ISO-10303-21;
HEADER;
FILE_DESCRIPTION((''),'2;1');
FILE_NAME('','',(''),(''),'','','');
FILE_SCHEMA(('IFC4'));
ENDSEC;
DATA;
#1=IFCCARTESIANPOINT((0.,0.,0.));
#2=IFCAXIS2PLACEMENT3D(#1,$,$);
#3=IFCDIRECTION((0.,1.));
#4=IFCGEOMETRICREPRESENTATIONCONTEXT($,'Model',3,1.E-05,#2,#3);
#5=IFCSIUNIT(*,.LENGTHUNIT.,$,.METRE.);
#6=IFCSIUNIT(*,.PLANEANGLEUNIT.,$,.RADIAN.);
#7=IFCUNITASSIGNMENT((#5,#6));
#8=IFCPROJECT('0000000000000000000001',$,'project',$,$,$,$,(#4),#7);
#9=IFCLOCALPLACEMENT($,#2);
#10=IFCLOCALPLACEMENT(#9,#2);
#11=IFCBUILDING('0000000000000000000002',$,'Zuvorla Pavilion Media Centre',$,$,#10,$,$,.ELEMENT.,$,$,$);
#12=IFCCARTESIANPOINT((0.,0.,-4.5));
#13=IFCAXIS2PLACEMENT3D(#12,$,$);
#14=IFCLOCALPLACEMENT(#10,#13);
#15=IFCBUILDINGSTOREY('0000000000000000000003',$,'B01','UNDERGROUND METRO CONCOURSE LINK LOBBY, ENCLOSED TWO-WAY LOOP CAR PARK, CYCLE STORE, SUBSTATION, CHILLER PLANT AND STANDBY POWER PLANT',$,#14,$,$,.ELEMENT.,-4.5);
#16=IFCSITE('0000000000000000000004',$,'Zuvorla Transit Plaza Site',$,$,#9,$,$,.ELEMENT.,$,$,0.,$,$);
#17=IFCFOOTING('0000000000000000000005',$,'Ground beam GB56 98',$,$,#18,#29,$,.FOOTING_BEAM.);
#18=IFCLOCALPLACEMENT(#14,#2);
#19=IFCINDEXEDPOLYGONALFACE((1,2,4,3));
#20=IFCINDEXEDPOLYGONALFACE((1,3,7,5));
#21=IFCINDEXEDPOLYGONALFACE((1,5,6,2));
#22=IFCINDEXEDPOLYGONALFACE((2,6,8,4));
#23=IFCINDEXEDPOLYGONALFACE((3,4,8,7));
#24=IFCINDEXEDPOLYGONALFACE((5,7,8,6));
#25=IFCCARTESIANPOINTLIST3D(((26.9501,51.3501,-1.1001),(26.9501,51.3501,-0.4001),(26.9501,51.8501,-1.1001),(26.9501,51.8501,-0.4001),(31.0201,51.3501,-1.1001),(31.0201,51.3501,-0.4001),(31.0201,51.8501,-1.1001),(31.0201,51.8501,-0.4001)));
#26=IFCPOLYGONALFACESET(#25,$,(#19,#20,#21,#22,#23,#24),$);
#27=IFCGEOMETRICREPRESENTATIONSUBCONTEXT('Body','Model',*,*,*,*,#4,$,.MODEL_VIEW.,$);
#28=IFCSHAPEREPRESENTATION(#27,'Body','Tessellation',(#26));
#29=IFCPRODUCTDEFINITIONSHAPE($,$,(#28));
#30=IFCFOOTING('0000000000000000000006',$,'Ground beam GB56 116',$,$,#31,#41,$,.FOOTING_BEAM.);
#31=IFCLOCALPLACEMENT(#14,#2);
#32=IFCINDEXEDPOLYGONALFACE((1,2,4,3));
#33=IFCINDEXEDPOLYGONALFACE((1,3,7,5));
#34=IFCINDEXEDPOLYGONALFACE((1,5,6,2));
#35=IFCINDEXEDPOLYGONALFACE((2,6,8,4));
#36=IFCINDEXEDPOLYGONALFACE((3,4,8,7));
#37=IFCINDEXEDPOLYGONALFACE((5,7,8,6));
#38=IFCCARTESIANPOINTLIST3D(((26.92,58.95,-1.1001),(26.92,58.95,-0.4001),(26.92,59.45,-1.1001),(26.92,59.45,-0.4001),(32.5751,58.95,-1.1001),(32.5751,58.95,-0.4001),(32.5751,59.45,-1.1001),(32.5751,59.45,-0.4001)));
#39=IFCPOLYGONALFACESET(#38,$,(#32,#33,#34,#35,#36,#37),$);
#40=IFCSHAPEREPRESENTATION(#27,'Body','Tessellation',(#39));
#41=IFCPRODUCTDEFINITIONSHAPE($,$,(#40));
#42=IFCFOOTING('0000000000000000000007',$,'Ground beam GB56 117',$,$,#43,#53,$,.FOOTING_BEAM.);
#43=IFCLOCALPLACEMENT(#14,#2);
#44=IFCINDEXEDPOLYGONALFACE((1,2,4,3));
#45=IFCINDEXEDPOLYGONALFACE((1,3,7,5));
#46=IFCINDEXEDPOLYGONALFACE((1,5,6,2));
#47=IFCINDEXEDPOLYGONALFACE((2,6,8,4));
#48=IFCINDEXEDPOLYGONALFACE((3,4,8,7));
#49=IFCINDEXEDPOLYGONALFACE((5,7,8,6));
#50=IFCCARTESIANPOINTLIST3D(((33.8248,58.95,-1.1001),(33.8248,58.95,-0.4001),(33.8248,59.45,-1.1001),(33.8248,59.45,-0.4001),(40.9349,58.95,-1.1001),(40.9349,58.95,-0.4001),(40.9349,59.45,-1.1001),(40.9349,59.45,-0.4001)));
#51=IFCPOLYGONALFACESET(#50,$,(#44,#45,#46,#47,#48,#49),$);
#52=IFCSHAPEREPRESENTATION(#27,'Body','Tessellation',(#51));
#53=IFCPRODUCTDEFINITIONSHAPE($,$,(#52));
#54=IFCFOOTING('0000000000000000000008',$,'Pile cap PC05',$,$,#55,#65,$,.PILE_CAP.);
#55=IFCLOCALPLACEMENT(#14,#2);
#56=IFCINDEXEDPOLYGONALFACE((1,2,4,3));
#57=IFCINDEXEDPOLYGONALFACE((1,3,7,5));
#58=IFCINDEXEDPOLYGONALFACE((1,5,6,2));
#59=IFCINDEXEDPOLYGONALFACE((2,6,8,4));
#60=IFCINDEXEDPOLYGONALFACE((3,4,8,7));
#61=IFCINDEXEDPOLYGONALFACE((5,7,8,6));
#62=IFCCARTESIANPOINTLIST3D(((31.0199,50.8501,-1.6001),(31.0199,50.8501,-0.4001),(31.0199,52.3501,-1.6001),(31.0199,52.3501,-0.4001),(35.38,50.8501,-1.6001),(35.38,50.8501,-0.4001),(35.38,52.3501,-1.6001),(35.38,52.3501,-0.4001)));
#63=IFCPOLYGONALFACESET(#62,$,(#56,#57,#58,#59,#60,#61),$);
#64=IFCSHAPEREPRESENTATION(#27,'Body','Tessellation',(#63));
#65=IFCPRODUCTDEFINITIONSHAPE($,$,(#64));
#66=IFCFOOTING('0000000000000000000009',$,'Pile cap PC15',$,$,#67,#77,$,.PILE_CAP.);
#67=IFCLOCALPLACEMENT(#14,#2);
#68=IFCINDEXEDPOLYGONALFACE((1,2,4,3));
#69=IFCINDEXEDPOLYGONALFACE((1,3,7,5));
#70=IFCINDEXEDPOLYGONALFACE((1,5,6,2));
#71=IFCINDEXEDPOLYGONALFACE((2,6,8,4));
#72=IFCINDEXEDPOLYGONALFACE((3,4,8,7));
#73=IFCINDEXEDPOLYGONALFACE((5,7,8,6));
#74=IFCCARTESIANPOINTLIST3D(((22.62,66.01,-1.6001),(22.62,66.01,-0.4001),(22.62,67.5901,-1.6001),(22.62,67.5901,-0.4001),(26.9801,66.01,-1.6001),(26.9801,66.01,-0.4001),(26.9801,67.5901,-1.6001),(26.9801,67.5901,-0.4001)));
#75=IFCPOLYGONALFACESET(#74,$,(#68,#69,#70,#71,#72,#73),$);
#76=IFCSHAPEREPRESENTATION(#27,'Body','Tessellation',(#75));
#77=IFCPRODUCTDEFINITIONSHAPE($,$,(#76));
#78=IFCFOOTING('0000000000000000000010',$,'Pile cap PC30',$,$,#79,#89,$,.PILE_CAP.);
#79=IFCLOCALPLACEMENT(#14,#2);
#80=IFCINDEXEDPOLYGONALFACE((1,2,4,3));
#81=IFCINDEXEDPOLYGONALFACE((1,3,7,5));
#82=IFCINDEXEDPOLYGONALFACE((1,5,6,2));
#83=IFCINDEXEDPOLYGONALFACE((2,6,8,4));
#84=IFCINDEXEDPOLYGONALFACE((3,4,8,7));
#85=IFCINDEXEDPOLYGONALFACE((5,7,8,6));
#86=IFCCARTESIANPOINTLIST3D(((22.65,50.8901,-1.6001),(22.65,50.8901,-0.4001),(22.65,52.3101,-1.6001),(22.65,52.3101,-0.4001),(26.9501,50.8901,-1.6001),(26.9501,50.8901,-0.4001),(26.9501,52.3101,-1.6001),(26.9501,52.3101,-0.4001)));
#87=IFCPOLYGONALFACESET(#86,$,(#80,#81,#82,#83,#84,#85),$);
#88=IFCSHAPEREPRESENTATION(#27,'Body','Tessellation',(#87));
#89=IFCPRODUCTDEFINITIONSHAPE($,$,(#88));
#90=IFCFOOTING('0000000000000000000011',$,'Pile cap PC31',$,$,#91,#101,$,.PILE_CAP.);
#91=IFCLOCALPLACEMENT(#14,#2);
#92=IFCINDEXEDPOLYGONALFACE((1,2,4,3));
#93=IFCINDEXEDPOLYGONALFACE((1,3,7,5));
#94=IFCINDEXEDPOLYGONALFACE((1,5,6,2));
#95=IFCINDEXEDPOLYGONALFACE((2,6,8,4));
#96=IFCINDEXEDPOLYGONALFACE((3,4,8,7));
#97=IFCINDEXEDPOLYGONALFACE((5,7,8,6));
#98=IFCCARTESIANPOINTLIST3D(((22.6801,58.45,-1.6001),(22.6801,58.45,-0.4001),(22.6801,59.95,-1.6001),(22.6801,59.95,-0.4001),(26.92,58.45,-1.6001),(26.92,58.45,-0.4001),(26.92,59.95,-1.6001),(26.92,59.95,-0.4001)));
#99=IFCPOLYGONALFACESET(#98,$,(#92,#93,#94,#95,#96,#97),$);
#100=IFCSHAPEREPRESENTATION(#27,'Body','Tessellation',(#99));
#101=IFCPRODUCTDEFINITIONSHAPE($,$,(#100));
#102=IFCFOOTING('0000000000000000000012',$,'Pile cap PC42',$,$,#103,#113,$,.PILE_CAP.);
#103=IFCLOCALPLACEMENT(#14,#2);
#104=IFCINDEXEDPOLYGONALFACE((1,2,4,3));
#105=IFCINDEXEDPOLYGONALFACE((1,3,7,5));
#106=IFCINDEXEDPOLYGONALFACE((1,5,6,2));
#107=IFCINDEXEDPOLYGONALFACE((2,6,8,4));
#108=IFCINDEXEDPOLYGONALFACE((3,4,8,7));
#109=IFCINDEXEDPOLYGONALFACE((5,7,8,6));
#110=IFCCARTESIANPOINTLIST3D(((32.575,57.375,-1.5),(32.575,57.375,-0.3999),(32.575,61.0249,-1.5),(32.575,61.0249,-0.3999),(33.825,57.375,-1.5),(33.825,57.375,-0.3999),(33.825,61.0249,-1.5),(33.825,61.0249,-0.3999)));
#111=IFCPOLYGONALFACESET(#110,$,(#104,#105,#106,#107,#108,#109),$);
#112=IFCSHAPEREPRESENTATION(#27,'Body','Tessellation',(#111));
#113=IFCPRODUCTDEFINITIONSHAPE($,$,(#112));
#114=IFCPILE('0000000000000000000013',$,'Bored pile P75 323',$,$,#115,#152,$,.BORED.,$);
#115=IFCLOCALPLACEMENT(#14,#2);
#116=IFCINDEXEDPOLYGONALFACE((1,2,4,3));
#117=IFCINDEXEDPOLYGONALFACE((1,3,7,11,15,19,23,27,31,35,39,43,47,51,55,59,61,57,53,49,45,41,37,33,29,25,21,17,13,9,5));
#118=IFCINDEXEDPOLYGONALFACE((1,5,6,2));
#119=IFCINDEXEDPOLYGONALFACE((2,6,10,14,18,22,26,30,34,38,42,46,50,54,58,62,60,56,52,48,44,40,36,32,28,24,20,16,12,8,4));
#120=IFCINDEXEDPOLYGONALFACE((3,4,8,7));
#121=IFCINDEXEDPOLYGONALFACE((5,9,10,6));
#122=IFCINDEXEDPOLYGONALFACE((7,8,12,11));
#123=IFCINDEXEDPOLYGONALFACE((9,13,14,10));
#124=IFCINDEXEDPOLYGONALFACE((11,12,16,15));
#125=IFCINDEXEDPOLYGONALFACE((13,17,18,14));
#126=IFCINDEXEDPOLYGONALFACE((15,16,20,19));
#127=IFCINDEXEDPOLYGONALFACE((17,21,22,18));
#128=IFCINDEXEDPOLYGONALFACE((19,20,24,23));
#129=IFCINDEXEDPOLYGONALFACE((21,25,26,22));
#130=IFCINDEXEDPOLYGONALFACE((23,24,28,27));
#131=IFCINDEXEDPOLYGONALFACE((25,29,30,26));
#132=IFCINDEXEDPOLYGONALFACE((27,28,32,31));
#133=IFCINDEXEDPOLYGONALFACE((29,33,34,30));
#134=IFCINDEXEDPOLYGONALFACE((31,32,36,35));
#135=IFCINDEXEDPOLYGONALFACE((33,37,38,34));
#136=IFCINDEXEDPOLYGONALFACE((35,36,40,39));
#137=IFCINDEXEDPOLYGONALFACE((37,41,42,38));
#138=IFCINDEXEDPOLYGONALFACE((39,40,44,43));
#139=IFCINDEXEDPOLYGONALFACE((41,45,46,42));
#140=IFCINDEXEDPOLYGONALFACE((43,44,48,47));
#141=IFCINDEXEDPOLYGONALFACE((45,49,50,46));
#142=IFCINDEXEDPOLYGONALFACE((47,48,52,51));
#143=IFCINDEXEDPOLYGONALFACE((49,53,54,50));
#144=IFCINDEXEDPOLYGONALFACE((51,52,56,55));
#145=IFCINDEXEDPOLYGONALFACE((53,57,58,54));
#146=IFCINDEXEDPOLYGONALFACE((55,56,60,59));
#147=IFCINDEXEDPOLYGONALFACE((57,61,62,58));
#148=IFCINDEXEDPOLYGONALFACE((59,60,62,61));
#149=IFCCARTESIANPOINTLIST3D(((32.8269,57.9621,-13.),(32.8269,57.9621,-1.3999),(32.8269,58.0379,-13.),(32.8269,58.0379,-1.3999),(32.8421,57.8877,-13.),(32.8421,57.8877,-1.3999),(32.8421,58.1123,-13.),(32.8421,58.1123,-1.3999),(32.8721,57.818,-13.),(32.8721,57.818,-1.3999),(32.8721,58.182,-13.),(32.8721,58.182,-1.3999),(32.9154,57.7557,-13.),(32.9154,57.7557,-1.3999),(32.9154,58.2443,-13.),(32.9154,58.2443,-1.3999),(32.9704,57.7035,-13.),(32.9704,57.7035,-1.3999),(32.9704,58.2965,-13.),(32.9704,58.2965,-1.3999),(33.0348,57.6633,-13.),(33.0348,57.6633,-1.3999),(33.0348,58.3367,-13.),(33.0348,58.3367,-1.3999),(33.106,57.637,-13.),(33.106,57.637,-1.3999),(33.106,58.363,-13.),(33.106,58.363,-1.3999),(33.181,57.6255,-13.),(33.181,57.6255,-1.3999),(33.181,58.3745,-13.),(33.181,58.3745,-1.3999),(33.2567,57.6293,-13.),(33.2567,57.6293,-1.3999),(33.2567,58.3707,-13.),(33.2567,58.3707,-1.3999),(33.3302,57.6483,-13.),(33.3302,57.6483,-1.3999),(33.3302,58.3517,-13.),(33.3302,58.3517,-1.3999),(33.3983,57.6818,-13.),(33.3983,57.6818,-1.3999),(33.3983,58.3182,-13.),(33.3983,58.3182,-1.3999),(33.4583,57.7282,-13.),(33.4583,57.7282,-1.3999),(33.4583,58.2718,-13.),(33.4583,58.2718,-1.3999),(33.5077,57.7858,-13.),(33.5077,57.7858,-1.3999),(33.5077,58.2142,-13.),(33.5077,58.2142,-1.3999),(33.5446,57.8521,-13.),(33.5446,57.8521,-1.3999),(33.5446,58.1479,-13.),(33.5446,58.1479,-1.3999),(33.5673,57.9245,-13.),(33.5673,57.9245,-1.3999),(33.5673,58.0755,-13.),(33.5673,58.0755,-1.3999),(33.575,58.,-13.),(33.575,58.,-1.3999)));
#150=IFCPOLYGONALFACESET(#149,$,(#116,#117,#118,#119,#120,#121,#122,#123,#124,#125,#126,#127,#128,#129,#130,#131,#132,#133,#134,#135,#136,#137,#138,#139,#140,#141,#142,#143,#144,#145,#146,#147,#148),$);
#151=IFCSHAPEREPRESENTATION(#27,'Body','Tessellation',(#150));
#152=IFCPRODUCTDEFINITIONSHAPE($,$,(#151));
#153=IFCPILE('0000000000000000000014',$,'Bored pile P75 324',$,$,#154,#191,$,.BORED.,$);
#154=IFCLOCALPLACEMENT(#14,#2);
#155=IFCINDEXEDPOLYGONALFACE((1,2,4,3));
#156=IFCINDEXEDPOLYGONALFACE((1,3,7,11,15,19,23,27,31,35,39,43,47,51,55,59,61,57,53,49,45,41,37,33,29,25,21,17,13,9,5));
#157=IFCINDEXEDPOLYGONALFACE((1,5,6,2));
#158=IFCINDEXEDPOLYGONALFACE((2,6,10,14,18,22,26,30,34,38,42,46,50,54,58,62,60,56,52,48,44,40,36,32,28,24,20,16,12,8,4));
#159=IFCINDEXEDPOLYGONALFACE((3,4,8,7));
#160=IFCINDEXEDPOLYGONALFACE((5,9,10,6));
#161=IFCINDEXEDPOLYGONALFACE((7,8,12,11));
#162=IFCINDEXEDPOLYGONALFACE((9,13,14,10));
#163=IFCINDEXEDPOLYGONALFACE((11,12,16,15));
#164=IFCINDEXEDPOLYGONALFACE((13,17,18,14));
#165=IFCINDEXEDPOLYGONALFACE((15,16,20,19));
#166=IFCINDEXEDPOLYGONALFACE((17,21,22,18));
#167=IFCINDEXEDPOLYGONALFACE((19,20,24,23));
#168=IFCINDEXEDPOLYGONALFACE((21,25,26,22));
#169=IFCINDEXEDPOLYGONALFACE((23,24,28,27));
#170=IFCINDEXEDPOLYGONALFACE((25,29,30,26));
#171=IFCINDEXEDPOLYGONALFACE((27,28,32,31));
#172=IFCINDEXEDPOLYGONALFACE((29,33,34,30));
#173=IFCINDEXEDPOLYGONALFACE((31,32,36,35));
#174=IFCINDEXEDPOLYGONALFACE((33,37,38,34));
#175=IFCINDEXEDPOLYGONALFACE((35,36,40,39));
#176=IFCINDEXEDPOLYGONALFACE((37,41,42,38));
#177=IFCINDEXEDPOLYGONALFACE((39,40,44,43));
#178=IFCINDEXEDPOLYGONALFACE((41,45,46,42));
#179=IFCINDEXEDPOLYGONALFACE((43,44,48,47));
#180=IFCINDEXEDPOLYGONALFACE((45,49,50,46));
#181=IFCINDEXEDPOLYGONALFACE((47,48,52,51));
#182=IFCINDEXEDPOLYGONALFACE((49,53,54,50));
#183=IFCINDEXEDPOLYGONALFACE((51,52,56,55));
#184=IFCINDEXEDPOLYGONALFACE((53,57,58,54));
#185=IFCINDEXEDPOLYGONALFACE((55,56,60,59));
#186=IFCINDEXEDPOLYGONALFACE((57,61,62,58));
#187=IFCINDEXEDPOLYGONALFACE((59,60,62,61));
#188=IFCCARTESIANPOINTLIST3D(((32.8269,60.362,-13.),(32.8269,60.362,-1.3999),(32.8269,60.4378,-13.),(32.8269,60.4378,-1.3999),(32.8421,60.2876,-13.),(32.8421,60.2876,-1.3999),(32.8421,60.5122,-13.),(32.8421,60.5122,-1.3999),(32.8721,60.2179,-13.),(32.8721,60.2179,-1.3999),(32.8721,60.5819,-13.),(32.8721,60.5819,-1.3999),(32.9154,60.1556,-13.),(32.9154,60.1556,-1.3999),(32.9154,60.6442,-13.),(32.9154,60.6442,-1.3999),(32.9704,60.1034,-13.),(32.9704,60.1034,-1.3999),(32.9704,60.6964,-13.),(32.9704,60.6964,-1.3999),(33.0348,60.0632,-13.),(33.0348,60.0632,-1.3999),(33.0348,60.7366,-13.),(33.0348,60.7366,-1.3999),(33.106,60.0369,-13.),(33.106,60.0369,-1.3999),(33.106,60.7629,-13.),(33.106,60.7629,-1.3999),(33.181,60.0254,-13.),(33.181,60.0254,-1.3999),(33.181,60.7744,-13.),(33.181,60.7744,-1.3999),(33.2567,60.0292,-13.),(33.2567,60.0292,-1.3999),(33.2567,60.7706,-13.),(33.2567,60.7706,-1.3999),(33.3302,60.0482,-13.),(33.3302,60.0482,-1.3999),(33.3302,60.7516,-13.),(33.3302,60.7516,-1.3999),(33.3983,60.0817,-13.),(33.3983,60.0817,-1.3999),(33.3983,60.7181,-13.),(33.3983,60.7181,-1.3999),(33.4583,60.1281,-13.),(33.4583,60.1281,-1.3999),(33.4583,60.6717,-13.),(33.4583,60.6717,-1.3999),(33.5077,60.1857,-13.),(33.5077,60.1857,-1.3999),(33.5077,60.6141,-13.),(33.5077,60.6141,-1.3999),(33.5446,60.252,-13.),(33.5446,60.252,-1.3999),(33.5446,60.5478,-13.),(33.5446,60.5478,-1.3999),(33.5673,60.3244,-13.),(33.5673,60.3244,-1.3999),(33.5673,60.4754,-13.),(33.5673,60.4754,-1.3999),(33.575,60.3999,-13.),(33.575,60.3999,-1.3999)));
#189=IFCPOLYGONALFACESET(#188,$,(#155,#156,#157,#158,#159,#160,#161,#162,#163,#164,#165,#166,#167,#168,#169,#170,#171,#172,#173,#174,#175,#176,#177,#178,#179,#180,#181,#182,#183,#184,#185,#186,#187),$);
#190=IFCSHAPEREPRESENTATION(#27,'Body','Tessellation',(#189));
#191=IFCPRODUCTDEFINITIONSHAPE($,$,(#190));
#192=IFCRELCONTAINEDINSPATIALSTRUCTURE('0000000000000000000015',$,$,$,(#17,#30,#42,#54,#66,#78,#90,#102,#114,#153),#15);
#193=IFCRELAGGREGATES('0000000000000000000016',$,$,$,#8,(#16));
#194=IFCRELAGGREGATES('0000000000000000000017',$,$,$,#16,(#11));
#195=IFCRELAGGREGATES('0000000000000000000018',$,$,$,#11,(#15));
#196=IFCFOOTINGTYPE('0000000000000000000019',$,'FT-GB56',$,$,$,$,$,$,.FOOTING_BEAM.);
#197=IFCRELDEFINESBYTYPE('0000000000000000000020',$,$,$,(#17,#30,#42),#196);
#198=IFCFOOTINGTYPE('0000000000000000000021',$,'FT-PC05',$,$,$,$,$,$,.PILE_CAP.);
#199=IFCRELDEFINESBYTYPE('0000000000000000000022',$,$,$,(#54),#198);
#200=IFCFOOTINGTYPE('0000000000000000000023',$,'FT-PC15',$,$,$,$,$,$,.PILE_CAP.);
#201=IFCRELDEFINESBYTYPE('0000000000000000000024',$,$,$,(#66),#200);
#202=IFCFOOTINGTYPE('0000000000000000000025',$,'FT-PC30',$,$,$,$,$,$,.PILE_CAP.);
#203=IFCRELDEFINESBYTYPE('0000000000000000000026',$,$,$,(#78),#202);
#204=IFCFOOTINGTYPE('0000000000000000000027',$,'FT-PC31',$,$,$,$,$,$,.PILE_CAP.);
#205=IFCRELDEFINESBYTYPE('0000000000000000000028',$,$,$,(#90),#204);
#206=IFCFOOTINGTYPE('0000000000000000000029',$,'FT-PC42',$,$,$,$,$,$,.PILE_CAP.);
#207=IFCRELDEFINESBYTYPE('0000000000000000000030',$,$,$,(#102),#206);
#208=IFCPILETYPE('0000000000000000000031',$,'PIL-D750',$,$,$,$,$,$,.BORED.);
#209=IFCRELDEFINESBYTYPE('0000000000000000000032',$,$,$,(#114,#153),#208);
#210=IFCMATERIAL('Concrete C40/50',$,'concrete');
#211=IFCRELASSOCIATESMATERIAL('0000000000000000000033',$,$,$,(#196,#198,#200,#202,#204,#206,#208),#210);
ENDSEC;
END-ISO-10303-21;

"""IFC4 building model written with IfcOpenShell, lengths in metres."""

from ifc_helpers import new_model, si_unit, direction, frame, origin, origin_2d, place, context, subcontext, project, spatial, rectangle, circle, extrude, material, material_profile, profile_set, type_object, element, save


model = new_model("IFC4")

# Units and contexts
model_context = context("Model", 3, precision=1e-05, world=origin(), true_north=direction((0.0, 1.0)))
body_context = subcontext(model_context, "Body", "Model", "MODEL_VIEW")
ifc_project = project(units=[si_unit("LENGTHUNIT", "METRE"), si_unit("PLANEANGLEUNIT", "RADIAN")], contexts=[model_context])

# Site, building, storey
site_placement = place(None, origin())
site = spatial("IfcSite", under=ifc_project, at=site_placement, Name="Zuvorla Transit Plaza Site", CompositionType="ELEMENT", RefElevation=0.0)
building_placement = place(site_placement, origin())
building = spatial("IfcBuilding", under=site, at=building_placement, Name="Zuvorla Pavilion Media Centre", CompositionType="ELEMENT")
storey_placement = place(building_placement, frame((0.0, 0.0, -4.5)))
storey = spatial("IfcBuildingStorey", under=building, at=storey_placement, Name="B01", Description="UNDERGROUND METRO CONCOURSE LINK LOBBY, ENCLOSED TWO-WAY LOOP CAR PARK, CYCLE STORE, SUBSTATION, CHILLER PLANT AND STANDBY POWER PLANT", CompositionType="ELEMENT", Elevation=-4.5)

# Footings
ifc_material_1 = material(Name="Concrete C40/50", Category="concrete")
footing_type_1 = type_object("IfcFootingType", Name="FT-GB56", PredefinedType="FOOTING_BEAM", material=ifc_material_1)
footing_1_placement = place(storey_placement, frame((28.9851, 51.6001, -1.1001), z_axis=(0.0, 0.0, 1.0), x_axis=(1.0, 0.0, 0.0)))
element("IfcFooting", 1, at=footing_1_placement, inside=storey, type_object=footing_type_1, Name="Ground beam GB56 98", PredefinedType="FOOTING_BEAM", context=body_context, shape_type="SweptSolid", body=[
    extrude(rectangle(XDim=4.0701, YDim=0.5, at=origin_2d()), origin(), (0.0, 0.0, 1.0), 0.7),
])
footing_2_placement = place(storey_placement, frame((29.7476, 59.2, -1.1001), z_axis=(0.0, 0.0, 1.0), x_axis=(1.0, 0.0, 0.0)))
element("IfcFooting", 2, at=footing_2_placement, inside=storey, type_object=footing_type_1, Name="Ground beam GB56 116", PredefinedType="FOOTING_BEAM", context=body_context, shape_type="SweptSolid", body=[
    extrude(rectangle(XDim=5.655, YDim=0.5, at=origin_2d()), origin(), (0.0, 0.0, 1.0), 0.7),
])
footing_3_placement = place(storey_placement, frame((37.3799, 59.2, -1.1001), z_axis=(0.0, 0.0, 1.0), x_axis=(1.0, 0.0, 0.0)))
element("IfcFooting", 3, at=footing_3_placement, inside=storey, type_object=footing_type_1, Name="Ground beam GB56 117", PredefinedType="FOOTING_BEAM", context=body_context, shape_type="SweptSolid", body=[
    extrude(rectangle(XDim=7.1101, YDim=0.5, at=origin_2d()), origin(), (0.0, 0.0, 1.0), 0.7),
])
footing_type_2 = type_object("IfcFootingType", Name="FT-PC05", PredefinedType="PILE_CAP", material=ifc_material_1)
footing_4_placement = place(storey_placement, frame((33.2, 51.6001, -1.6001), z_axis=(0.0, 0.0, 1.0), x_axis=(1.0, 0.0, 0.0)))
element("IfcFooting", 4, at=footing_4_placement, inside=storey, type_object=footing_type_2, Name="Pile cap PC05", PredefinedType="PILE_CAP", context=body_context, shape_type="SweptSolid", body=[
    extrude(rectangle(XDim=4.3601, YDim=1.5, at=origin_2d()), origin(), (0.0, 0.0, 1.0), 1.2),
])
footing_type_3 = type_object("IfcFootingType", Name="FT-PC15", PredefinedType="PILE_CAP", material=ifc_material_1)
footing_5_placement = place(storey_placement, frame((24.8, 66.8, -1.6001), z_axis=(0.0, 0.0, 1.0), x_axis=(1.0, 0.0, 0.0)))
element("IfcFooting", 5, at=footing_5_placement, inside=storey, type_object=footing_type_3, Name="Pile cap PC15", PredefinedType="PILE_CAP", context=body_context, shape_type="SweptSolid", body=[
    extrude(rectangle(XDim=4.3601, YDim=1.5801, at=origin_2d()), origin(), (0.0, 0.0, 1.0), 1.2),
])
footing_type_4 = type_object("IfcFootingType", Name="FT-PC30", PredefinedType="PILE_CAP", material=ifc_material_1)
footing_6_placement = place(storey_placement, frame((24.8, 51.6001, -1.6001), z_axis=(0.0, 0.0, 1.0), x_axis=(1.0, 0.0, 0.0)))
element("IfcFooting", 6, at=footing_6_placement, inside=storey, type_object=footing_type_4, Name="Pile cap PC30", PredefinedType="PILE_CAP", context=body_context, shape_type="SweptSolid", body=[
    extrude(rectangle(XDim=4.3, YDim=1.4199, at=origin_2d()), origin(), (0.0, 0.0, 1.0), 1.2),
])
footing_type_5 = type_object("IfcFootingType", Name="FT-PC31", PredefinedType="PILE_CAP", material=ifc_material_1)
footing_7_placement = place(storey_placement, frame((24.8, 59.2, -1.6001), z_axis=(0.0, 0.0, 1.0), x_axis=(1.0, 0.0, 0.0)))
element("IfcFooting", 7, at=footing_7_placement, inside=storey, type_object=footing_type_5, Name="Pile cap PC31", PredefinedType="PILE_CAP", context=body_context, shape_type="SweptSolid", body=[
    extrude(rectangle(XDim=4.24, YDim=1.5, at=origin_2d()), origin(), (0.0, 0.0, 1.0), 1.2),
])
footing_type_6 = type_object("IfcFootingType", Name="FT-PC42", PredefinedType="PILE_CAP", material=ifc_material_1)
footing_8_placement = place(storey_placement, frame((33.2, 59.2, -1.5), z_axis=(0.0, 0.0, 1.0), x_axis=(1.0, 0.0, 0.0)))
element("IfcFooting", 8, at=footing_8_placement, inside=storey, type_object=footing_type_6, Name="Pile cap PC42", PredefinedType="PILE_CAP", context=body_context, shape_type="SweptSolid", body=[
    extrude(rectangle(XDim=1.25, YDim=3.6499, at=origin_2d()), origin(), (0.0, 0.0, 1.0), 1.1001),
])

# Piles
ifc_material_profile_1 = material_profile(ifc_material_1, circle(Radius=0.375, at=origin_2d()), Name="BORED PILE 750")
ifc_profile_set_1 = profile_set([ifc_material_profile_1], Name="Concrete C40/50")
pile_type_1 = type_object("IfcPileType", Name="PIL-D750", PredefinedType="BORED", material=ifc_profile_set_1)
for number, where, z_axis, x_axis, name in (
    (9, (33.2, 58.0, -1.3999), (0.0, 0.0, -1.0), (1.0, 0.0, 0.0), "Bored pile P75 323"),
    (10, (33.2, 60.3999, -1.3999), (0.0, 0.0, -1.0), (1.0, 0.0, 0.0), "Bored pile P75 324"),
):
    element("IfcPile", number, at=place(storey_placement, frame(where, z_axis=z_axis, x_axis=x_axis)), inside=storey, type_object=pile_type_1, Name=name, PredefinedType="BORED", context=body_context, shape_type="SweptSolid", body=[
        extrude(circle(Radius=0.375, at=origin_2d()), origin(), (0.0, 0.0, 1.0), 11.6001),
    ])

save(model, "model.ifc")
